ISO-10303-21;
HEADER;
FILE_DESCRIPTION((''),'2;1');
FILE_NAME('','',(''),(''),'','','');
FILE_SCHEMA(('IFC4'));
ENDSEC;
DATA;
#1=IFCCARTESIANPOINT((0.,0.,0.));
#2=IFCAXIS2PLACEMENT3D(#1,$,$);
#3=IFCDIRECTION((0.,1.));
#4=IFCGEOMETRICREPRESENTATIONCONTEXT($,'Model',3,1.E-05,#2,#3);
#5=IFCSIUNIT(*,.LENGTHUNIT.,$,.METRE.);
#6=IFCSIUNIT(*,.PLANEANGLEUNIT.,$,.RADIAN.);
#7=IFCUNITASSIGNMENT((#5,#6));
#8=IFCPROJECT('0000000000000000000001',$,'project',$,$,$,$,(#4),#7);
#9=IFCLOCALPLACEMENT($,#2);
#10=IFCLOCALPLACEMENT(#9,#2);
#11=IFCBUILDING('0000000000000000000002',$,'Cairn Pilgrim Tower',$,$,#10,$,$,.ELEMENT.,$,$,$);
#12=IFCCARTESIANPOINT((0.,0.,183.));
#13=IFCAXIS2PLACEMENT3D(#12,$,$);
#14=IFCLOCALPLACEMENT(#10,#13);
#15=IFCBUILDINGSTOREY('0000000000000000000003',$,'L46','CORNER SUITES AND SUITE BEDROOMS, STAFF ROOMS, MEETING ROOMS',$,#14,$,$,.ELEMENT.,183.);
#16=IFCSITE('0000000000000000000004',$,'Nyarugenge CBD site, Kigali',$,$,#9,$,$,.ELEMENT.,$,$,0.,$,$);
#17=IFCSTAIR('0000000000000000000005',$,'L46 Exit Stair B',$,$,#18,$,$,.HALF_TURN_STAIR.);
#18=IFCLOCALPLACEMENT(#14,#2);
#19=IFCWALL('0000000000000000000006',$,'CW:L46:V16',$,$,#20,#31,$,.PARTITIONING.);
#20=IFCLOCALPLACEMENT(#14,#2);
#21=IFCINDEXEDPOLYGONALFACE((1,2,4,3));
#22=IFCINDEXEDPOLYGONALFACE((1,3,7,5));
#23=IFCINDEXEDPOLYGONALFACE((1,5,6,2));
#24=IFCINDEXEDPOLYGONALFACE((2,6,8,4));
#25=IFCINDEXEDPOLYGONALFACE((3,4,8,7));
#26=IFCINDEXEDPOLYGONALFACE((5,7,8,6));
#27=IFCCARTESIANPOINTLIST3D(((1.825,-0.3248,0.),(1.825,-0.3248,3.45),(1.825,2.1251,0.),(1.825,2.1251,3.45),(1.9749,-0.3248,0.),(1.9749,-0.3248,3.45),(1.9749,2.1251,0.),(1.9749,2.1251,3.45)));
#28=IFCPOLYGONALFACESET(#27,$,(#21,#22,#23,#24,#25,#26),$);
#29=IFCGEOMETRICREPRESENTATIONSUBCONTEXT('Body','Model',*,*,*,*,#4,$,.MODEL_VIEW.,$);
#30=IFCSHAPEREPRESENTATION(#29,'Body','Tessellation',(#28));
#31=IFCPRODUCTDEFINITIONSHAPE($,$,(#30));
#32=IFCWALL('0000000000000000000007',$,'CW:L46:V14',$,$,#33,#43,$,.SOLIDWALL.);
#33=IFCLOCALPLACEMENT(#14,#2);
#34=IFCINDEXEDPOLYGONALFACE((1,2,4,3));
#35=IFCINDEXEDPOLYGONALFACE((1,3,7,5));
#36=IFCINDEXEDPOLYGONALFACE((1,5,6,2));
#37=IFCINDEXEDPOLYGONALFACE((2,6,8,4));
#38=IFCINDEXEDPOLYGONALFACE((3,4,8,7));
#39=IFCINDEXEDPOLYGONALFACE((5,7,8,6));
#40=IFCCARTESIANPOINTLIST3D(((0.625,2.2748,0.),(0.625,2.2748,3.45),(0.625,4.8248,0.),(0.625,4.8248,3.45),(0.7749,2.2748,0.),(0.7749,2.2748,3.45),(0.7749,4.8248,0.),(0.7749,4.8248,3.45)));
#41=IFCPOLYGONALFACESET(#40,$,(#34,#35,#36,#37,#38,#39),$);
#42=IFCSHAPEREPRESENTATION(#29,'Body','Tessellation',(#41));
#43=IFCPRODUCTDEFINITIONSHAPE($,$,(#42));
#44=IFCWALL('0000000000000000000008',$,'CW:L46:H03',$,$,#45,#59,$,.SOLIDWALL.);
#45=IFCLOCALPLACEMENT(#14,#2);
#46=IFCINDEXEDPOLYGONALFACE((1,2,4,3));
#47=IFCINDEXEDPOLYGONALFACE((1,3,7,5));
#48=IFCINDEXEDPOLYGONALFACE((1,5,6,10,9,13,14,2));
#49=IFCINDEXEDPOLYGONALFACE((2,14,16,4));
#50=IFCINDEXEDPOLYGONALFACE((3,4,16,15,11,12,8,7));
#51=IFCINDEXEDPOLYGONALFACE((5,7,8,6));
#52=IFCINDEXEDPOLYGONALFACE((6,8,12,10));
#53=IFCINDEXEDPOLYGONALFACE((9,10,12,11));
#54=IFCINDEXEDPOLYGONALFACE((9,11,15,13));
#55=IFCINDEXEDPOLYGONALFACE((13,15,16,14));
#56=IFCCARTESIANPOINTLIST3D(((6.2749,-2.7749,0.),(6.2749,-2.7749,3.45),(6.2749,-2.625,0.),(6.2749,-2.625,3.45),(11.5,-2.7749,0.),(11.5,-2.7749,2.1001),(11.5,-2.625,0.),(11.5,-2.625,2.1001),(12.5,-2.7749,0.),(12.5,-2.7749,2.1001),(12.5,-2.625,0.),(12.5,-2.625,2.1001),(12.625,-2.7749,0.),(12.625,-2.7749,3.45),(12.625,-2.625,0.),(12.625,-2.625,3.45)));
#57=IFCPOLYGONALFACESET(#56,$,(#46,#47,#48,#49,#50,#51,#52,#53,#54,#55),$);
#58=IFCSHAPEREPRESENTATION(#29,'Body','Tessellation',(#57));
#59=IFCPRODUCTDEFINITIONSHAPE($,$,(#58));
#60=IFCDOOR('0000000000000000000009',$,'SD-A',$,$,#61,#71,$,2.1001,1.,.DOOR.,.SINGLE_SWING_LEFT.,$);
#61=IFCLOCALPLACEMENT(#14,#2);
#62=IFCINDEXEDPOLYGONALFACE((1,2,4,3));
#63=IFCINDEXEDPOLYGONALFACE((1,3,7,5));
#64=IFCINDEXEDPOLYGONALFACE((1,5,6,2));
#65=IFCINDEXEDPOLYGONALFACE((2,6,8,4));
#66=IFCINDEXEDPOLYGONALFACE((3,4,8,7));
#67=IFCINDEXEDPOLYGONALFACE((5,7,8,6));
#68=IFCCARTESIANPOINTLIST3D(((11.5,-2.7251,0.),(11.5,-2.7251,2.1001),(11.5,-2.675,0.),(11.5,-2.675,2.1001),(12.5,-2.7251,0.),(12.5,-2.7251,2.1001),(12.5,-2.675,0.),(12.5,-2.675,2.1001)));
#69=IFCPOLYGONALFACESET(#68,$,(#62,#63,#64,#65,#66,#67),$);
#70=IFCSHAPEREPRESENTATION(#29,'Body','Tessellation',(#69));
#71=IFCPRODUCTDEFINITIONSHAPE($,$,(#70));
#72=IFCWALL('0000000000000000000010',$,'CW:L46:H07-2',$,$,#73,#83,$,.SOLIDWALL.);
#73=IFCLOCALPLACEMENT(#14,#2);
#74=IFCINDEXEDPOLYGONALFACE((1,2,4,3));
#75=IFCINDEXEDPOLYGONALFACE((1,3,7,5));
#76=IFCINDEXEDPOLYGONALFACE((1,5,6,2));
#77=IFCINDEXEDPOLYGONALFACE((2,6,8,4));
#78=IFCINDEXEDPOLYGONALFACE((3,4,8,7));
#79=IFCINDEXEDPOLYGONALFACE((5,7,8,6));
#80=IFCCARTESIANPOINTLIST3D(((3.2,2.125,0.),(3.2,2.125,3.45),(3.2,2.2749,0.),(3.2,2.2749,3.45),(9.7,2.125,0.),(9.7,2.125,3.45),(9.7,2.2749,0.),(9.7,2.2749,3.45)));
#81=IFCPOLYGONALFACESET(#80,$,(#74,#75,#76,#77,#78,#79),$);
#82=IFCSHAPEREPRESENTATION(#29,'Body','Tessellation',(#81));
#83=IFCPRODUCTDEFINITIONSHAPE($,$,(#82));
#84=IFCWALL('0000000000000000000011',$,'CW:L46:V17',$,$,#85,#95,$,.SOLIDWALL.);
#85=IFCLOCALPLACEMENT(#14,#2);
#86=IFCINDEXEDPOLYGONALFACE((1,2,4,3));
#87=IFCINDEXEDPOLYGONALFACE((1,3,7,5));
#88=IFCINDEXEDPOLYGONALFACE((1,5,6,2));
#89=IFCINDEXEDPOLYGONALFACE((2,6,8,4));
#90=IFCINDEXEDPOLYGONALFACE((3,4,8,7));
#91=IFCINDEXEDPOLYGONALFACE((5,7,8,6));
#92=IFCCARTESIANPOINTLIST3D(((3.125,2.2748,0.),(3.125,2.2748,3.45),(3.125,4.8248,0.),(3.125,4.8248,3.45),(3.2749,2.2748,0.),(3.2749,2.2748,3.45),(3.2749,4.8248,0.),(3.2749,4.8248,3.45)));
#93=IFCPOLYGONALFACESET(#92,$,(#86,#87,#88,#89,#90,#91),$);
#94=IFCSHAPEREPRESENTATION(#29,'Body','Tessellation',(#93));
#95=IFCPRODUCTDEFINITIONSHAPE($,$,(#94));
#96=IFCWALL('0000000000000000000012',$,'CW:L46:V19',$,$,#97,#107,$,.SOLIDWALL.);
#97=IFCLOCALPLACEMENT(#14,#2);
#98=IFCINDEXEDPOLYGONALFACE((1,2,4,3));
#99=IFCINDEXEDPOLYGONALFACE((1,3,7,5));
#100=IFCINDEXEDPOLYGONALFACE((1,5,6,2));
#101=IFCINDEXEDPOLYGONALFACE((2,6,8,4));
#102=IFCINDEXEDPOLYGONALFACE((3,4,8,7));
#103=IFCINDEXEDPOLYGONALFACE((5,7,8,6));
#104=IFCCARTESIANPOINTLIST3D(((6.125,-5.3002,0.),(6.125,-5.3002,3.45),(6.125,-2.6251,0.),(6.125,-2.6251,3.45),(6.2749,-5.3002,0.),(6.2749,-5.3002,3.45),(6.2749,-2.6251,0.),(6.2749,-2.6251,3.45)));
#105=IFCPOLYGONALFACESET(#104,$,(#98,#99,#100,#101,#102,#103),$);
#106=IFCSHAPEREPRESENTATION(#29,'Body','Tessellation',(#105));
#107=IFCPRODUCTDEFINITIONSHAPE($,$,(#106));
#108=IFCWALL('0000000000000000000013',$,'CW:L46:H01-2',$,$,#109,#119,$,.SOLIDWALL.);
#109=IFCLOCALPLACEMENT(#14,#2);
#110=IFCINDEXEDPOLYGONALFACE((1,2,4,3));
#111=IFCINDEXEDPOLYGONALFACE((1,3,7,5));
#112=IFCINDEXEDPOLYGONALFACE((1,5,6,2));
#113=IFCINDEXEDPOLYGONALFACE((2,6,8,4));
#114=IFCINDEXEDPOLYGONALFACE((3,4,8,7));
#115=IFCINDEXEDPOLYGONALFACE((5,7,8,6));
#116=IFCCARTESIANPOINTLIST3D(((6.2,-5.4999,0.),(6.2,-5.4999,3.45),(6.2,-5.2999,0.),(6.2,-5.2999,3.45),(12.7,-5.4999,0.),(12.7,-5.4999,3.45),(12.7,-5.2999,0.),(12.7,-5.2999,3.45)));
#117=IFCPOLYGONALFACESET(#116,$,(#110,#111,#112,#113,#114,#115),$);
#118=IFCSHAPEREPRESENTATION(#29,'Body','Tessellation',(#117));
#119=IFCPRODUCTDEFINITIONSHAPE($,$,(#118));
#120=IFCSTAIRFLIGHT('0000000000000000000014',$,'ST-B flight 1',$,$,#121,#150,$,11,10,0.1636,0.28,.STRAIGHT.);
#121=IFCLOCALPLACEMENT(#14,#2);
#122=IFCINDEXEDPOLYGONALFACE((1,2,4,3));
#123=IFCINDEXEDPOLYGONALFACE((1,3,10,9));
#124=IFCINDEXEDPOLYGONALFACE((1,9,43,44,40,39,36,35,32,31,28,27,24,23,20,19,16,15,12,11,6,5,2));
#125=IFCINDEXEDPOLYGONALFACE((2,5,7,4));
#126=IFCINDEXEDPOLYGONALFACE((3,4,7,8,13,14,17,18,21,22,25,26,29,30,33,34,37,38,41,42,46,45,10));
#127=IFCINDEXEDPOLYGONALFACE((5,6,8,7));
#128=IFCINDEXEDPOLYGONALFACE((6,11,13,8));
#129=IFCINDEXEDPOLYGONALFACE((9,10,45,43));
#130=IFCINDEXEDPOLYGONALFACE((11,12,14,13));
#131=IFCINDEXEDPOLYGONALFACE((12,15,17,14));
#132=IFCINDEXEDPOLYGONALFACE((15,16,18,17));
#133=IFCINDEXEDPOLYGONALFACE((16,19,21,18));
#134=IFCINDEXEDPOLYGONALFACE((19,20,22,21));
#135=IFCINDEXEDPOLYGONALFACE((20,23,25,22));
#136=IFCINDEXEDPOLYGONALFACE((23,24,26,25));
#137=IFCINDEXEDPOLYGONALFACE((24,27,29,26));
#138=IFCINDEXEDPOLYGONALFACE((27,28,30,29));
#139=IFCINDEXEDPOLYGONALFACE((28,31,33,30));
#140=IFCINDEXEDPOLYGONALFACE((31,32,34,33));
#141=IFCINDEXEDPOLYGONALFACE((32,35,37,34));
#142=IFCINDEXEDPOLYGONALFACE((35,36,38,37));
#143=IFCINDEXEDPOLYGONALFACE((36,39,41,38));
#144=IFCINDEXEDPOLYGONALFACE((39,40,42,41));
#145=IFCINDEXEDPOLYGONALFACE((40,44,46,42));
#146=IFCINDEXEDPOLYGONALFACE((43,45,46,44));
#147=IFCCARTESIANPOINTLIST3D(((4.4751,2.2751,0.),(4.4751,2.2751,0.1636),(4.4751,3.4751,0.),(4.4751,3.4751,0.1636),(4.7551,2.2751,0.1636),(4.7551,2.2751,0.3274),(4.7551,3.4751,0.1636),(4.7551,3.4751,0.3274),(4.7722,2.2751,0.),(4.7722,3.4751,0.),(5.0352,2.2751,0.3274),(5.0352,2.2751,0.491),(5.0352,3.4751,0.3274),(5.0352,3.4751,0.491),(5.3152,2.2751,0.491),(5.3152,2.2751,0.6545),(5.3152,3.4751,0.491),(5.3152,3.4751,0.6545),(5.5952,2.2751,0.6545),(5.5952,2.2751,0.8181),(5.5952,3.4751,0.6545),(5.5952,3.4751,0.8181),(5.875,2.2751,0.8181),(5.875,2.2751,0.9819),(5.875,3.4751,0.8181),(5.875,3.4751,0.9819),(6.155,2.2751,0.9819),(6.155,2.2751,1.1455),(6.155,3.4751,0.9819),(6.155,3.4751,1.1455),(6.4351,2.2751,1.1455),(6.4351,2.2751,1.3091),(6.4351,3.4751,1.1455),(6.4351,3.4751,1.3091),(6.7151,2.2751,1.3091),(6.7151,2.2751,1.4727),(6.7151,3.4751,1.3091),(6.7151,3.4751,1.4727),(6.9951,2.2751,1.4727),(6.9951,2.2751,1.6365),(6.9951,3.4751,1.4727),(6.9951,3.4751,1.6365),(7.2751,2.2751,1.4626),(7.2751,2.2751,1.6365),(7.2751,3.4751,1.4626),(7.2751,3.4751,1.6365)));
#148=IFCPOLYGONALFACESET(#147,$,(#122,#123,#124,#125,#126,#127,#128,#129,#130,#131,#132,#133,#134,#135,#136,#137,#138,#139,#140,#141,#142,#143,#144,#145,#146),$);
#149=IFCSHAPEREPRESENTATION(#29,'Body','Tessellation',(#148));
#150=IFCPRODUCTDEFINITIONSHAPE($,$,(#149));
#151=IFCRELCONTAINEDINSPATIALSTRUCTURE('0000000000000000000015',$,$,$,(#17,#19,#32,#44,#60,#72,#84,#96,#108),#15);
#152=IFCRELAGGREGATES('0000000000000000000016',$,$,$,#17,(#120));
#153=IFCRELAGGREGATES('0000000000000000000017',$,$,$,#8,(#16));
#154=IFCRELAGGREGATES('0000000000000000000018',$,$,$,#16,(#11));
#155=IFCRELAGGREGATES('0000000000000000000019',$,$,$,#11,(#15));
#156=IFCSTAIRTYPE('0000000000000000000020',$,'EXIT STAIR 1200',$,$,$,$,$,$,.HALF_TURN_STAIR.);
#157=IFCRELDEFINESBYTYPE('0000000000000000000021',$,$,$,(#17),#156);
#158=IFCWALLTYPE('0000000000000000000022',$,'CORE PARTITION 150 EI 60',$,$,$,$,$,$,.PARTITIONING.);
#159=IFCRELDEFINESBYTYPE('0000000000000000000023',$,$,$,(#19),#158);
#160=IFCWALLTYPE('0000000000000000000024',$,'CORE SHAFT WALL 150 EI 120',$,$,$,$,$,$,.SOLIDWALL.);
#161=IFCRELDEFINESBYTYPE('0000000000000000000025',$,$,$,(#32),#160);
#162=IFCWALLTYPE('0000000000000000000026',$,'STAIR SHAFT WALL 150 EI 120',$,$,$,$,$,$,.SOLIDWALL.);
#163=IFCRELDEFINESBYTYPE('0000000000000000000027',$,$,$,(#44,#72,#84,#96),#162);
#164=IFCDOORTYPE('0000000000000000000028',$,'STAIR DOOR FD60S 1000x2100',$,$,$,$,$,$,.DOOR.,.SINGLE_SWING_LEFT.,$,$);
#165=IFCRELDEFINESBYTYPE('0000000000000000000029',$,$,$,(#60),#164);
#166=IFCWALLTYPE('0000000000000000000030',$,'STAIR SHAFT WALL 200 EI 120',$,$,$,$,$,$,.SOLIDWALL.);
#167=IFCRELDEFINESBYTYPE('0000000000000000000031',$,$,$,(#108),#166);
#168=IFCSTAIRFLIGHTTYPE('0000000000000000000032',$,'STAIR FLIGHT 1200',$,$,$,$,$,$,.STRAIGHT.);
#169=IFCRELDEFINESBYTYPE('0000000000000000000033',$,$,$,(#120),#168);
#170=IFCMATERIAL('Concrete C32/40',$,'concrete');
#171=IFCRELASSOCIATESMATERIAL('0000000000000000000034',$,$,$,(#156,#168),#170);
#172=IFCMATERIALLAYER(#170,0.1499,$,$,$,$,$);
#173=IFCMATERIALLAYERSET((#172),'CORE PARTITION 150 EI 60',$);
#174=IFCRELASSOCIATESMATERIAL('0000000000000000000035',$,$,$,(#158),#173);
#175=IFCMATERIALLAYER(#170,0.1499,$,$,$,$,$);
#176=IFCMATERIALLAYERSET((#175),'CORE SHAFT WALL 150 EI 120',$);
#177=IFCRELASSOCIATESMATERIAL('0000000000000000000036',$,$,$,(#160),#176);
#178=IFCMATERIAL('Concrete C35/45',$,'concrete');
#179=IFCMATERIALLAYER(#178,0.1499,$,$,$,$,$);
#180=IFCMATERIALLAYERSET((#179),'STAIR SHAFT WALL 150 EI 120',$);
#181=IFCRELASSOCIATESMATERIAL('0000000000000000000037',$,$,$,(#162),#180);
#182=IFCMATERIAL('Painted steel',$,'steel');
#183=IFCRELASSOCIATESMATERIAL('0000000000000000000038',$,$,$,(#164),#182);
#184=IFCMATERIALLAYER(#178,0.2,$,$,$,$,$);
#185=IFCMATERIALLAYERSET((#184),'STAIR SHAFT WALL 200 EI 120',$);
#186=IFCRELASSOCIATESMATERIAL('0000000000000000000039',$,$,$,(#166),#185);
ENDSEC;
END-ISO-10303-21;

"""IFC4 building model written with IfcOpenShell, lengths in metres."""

from ifc_helpers import new_model, si_unit, direction, frame, frame_2d, origin, place, context, subcontext, project, spatial, polyline, rectangle, outline, extrude, material, layer, layer_set, type_object, element, fill, aggregate, save


model = new_model("IFC4")

# Units and contexts
model_context = context("Model", 3, precision=1e-05, world=origin(), true_north=direction((0.0, 1.0)))
body_context = subcontext(model_context, "Body", "Model", "MODEL_VIEW")
ifc_project = project(units=[si_unit("LENGTHUNIT", "METRE"), si_unit("PLANEANGLEUNIT", "RADIAN")], contexts=[model_context])

# Site, building, storey
site_placement = place(None, origin())
site = spatial("IfcSite", under=ifc_project, at=site_placement, Name="Nyarugenge CBD site, Kigali", CompositionType="ELEMENT", RefElevation=0.0)
building_placement = place(site_placement, origin())
building = spatial("IfcBuilding", under=site, at=building_placement, Name="Cairn Pilgrim Tower", CompositionType="ELEMENT")
storey_placement = place(building_placement, frame((0.0, 0.0, 183.0)))
storey = spatial("IfcBuildingStorey", under=building, at=storey_placement, Name="L46", Description="CORNER SUITES AND SUITE BEDROOMS, STAFF ROOMS, MEETING ROOMS", CompositionType="ELEMENT", Elevation=183.0)

# Stair
ifc_material_1 = material(Name="Concrete C32/40", Category="concrete")
stair_type = type_object("IfcStairType", Name="EXIT STAIR 1200", PredefinedType="HALF_TURN_STAIR", material=ifc_material_1)
stair_1_placement = place(storey_placement, origin())
stair_1 = element("IfcStair", 1, at=stair_1_placement, inside=storey, type_object=stair_type, Name="L46 Exit Stair B", PredefinedType="HALF_TURN_STAIR")

# Walls
ifc_layer_1 = layer(ifc_material_1, 0.1499)
ifc_layer_set_1 = layer_set([ifc_layer_1], Name="CORE PARTITION 150 EI 60")
wall_type_1 = type_object("IfcWallType", Name="CORE PARTITION 150 EI 60", PredefinedType="PARTITIONING", material=ifc_layer_set_1)
wall_1_placement = place(storey_placement, frame((1.8999, -0.325, 0.0), z_axis=(0.0, 0.0, 1.0), x_axis=(0.0, 1.0, 0.0)))
element("IfcWall", 2, at=wall_1_placement, inside=storey, type_object=wall_type_1, Name="CW:L46:V16", PredefinedType="PARTITIONING", context=body_context, shape_type="SweptSolid", body=[
    extrude(rectangle(XDim=2.45, YDim=0.1499, at=frame_2d((1.2251, 0.0))), origin(), (0.0, 0.0, 1.0), 3.45),
])
ifc_layer_2 = layer(ifc_material_1, 0.1499)
ifc_layer_set_2 = layer_set([ifc_layer_2], Name="CORE SHAFT WALL 150 EI 120")
wall_type_2 = type_object("IfcWallType", Name="CORE SHAFT WALL 150 EI 120", PredefinedType="SOLIDWALL", material=ifc_layer_set_2)
wall_2_placement = place(storey_placement, frame((0.7, 2.2749, 0.0), z_axis=(0.0, 0.0, 1.0), x_axis=(0.0, 1.0, 0.0)))
element("IfcWall", 3, at=wall_2_placement, inside=storey, type_object=wall_type_2, Name="CW:L46:V14", PredefinedType="SOLIDWALL", context=body_context, shape_type="SweptSolid", body=[
    extrude(rectangle(XDim=2.55, YDim=0.1499, at=frame_2d((1.2749, 0.0))), origin(), (0.0, 0.0, 1.0), 3.45),
])

# Wall, opening, door
ifc_material_2 = material(Name="Concrete C35/45", Category="concrete")
ifc_layer_3 = layer(ifc_material_2, 0.1499)
ifc_layer_set_3 = layer_set([ifc_layer_3], Name="STAIR SHAFT WALL 150 EI 120")
wall_type_3 = type_object("IfcWallType", Name="STAIR SHAFT WALL 150 EI 120", PredefinedType="SOLIDWALL", material=ifc_layer_set_3)
wall_3_placement = place(storey_placement, frame((6.2749, -2.7, 0.0), z_axis=(0.0, 0.0, 1.0), x_axis=(1.0, 0.0, 0.0)))
wall_3 = element("IfcWall", 4, at=wall_3_placement, inside=storey, type_object=wall_type_3, Name="CW:L46:H03", PredefinedType="SOLIDWALL", context=body_context, shape_type="SweptSolid", body=[
    extrude(rectangle(XDim=6.3501, YDim=0.1499, at=frame_2d((3.175, 0.0))), origin(), (0.0, 0.0, 1.0), 3.45),
])
opening_placement = place(wall_3_placement, frame((5.2251, 0.0, 0.0)))
opening = element("IfcOpeningElement", 5, at=opening_placement, cuts=wall_3, PredefinedType="OPENING", context=body_context, shape_type="SweptSolid", body=[
    extrude(rectangle(XDim=1.0, YDim=2.1001, at=frame_2d((0.5, 1.05))), frame((0.0, 0.085, 0.0), z_axis=(0.0, -1.0, 0.0), x_axis=(1.0, 0.0, 0.0)), (0.0, 0.0, 1.0), 0.1699),
])
ifc_material_3 = material(Name="Painted steel", Category="steel")
door_type = type_object("IfcDoorType", Name="STAIR DOOR FD60S 1000x2100", OperationType="SINGLE_SWING_LEFT", PredefinedType="DOOR", material=ifc_material_3)
door_placement = place(opening_placement, origin())
door = element("IfcDoor", 6, at=door_placement, inside=storey, type_object=door_type, Name="SD-A", OperationType="SINGLE_SWING_LEFT", OverallHeight=2.1001, OverallWidth=1.0, PredefinedType="DOOR", context=body_context, shape_type="SweptSolid", body=[
    extrude(rectangle(XDim=1.0, YDim=2.1001, at=frame_2d((0.5, 1.05))), frame((0.0, 0.0249, 0.0), z_axis=(0.0, -1.0, 0.0), x_axis=(1.0, 0.0, 0.0)), (0.0, 0.0, 1.0), 0.05),
])
fill(opening, door)

# Walls
wall_4_placement = place(storey_placement, frame((3.2, 2.2, 0.0), z_axis=(0.0, 0.0, 1.0), x_axis=(1.0, 0.0, 0.0)))
element("IfcWall", 7, at=wall_4_placement, inside=storey, type_object=wall_type_3, Name="CW:L46:H07-2", PredefinedType="SOLIDWALL", context=body_context, shape_type="SweptSolid", body=[
    extrude(rectangle(XDim=6.5, YDim=0.1499, at=frame_2d((3.25, 0.0))), origin(), (0.0, 0.0, 1.0), 3.45),
])
wall_5_placement = place(storey_placement, frame((3.2, 2.2749, 0.0), z_axis=(0.0, 0.0, 1.0), x_axis=(0.0, 1.0, 0.0)))
element("IfcWall", 8, at=wall_5_placement, inside=storey, type_object=wall_type_3, Name="CW:L46:V17", PredefinedType="SOLIDWALL", context=body_context, shape_type="SweptSolid", body=[
    extrude(rectangle(XDim=2.55, YDim=0.1499, at=frame_2d((1.2749, 0.0))), origin(), (0.0, 0.0, 1.0), 3.45),
])
wall_6_placement = place(storey_placement, frame((6.2, -5.3, 0.0), z_axis=(0.0, 0.0, 1.0), x_axis=(0.0, 1.0, 0.0)))
element("IfcWall", 9, at=wall_6_placement, inside=storey, type_object=wall_type_3, Name="CW:L46:V19", PredefinedType="SOLIDWALL", context=body_context, shape_type="SweptSolid", body=[
    extrude(rectangle(XDim=2.675, YDim=0.1499, at=frame_2d((1.3374, 0.0))), origin(), (0.0, 0.0, 1.0), 3.45),
])
ifc_layer_4 = layer(ifc_material_2, 0.2)
ifc_layer_set_4 = layer_set([ifc_layer_4], Name="STAIR SHAFT WALL 200 EI 120")
wall_type_4 = type_object("IfcWallType", Name="STAIR SHAFT WALL 200 EI 120", PredefinedType="SOLIDWALL", material=ifc_layer_set_4)
wall_7_placement = place(storey_placement, frame((6.2, -5.3999, 0.0), z_axis=(0.0, 0.0, 1.0), x_axis=(1.0, 0.0, 0.0)))
element("IfcWall", 10, at=wall_7_placement, inside=storey, type_object=wall_type_4, Name="CW:L46:H01-2", PredefinedType="SOLIDWALL", context=body_context, shape_type="SweptSolid", body=[
    extrude(rectangle(XDim=6.5, YDim=0.2, at=frame_2d((3.25, 0.0))), origin(), (0.0, 0.0, 1.0), 3.45),
])

# Stair flight
stair_flight_type = type_object("IfcStairFlightType", Name="STAIR FLIGHT 1200", PredefinedType="STRAIGHT", material=ifc_material_1)
stair_flight_placement = place(storey_placement, frame((4.4751, 2.875, 0.0), z_axis=(0.0, 0.0, 1.0), x_axis=(1.0, 0.0, 0.0)))
stair_flight = element("IfcStairFlight", 11, at=stair_flight_placement, type_object=stair_flight_type, Name="ST-B flight 1", NumberOfRisers=11, NumberOfTreads=10, PredefinedType="STRAIGHT", RiserHeight=0.1636, TreadLength=0.28, context=body_context, shape_type="SweptSolid", body=[
    extrude(outline(polyline([(0.0, 0.0), (0.0, 0.1636), (0.28, 0.1636), (0.28, 0.3274), (0.5601, 0.3274), (0.5601, 0.491), (0.8401, 0.491), (0.8401, 0.6545), (1.1201, 0.6545), (1.1201, 0.8181), (1.3999, 0.8181), (1.3999, 0.9819), (1.6799, 0.9819), (1.6799, 1.1455), (1.96, 1.1455), (1.96, 1.3091), (2.24, 1.3091), (2.24, 1.4727), (2.52, 1.4727), (2.52, 1.6365), (2.8, 1.6365), (2.8, 1.8), (2.8, 1.4626), (0.2971, 0.0), (0.0, 0.0)])), frame((0.0, 0.6001, 0.0), z_axis=(0.0, -1.0, 0.0), x_axis=(1.0, 0.0, 0.0)), (0.0, 0.0, 1.0), 1.2),
])
aggregate(stair_1, [stair_flight])

save(model, "model.ifc")
